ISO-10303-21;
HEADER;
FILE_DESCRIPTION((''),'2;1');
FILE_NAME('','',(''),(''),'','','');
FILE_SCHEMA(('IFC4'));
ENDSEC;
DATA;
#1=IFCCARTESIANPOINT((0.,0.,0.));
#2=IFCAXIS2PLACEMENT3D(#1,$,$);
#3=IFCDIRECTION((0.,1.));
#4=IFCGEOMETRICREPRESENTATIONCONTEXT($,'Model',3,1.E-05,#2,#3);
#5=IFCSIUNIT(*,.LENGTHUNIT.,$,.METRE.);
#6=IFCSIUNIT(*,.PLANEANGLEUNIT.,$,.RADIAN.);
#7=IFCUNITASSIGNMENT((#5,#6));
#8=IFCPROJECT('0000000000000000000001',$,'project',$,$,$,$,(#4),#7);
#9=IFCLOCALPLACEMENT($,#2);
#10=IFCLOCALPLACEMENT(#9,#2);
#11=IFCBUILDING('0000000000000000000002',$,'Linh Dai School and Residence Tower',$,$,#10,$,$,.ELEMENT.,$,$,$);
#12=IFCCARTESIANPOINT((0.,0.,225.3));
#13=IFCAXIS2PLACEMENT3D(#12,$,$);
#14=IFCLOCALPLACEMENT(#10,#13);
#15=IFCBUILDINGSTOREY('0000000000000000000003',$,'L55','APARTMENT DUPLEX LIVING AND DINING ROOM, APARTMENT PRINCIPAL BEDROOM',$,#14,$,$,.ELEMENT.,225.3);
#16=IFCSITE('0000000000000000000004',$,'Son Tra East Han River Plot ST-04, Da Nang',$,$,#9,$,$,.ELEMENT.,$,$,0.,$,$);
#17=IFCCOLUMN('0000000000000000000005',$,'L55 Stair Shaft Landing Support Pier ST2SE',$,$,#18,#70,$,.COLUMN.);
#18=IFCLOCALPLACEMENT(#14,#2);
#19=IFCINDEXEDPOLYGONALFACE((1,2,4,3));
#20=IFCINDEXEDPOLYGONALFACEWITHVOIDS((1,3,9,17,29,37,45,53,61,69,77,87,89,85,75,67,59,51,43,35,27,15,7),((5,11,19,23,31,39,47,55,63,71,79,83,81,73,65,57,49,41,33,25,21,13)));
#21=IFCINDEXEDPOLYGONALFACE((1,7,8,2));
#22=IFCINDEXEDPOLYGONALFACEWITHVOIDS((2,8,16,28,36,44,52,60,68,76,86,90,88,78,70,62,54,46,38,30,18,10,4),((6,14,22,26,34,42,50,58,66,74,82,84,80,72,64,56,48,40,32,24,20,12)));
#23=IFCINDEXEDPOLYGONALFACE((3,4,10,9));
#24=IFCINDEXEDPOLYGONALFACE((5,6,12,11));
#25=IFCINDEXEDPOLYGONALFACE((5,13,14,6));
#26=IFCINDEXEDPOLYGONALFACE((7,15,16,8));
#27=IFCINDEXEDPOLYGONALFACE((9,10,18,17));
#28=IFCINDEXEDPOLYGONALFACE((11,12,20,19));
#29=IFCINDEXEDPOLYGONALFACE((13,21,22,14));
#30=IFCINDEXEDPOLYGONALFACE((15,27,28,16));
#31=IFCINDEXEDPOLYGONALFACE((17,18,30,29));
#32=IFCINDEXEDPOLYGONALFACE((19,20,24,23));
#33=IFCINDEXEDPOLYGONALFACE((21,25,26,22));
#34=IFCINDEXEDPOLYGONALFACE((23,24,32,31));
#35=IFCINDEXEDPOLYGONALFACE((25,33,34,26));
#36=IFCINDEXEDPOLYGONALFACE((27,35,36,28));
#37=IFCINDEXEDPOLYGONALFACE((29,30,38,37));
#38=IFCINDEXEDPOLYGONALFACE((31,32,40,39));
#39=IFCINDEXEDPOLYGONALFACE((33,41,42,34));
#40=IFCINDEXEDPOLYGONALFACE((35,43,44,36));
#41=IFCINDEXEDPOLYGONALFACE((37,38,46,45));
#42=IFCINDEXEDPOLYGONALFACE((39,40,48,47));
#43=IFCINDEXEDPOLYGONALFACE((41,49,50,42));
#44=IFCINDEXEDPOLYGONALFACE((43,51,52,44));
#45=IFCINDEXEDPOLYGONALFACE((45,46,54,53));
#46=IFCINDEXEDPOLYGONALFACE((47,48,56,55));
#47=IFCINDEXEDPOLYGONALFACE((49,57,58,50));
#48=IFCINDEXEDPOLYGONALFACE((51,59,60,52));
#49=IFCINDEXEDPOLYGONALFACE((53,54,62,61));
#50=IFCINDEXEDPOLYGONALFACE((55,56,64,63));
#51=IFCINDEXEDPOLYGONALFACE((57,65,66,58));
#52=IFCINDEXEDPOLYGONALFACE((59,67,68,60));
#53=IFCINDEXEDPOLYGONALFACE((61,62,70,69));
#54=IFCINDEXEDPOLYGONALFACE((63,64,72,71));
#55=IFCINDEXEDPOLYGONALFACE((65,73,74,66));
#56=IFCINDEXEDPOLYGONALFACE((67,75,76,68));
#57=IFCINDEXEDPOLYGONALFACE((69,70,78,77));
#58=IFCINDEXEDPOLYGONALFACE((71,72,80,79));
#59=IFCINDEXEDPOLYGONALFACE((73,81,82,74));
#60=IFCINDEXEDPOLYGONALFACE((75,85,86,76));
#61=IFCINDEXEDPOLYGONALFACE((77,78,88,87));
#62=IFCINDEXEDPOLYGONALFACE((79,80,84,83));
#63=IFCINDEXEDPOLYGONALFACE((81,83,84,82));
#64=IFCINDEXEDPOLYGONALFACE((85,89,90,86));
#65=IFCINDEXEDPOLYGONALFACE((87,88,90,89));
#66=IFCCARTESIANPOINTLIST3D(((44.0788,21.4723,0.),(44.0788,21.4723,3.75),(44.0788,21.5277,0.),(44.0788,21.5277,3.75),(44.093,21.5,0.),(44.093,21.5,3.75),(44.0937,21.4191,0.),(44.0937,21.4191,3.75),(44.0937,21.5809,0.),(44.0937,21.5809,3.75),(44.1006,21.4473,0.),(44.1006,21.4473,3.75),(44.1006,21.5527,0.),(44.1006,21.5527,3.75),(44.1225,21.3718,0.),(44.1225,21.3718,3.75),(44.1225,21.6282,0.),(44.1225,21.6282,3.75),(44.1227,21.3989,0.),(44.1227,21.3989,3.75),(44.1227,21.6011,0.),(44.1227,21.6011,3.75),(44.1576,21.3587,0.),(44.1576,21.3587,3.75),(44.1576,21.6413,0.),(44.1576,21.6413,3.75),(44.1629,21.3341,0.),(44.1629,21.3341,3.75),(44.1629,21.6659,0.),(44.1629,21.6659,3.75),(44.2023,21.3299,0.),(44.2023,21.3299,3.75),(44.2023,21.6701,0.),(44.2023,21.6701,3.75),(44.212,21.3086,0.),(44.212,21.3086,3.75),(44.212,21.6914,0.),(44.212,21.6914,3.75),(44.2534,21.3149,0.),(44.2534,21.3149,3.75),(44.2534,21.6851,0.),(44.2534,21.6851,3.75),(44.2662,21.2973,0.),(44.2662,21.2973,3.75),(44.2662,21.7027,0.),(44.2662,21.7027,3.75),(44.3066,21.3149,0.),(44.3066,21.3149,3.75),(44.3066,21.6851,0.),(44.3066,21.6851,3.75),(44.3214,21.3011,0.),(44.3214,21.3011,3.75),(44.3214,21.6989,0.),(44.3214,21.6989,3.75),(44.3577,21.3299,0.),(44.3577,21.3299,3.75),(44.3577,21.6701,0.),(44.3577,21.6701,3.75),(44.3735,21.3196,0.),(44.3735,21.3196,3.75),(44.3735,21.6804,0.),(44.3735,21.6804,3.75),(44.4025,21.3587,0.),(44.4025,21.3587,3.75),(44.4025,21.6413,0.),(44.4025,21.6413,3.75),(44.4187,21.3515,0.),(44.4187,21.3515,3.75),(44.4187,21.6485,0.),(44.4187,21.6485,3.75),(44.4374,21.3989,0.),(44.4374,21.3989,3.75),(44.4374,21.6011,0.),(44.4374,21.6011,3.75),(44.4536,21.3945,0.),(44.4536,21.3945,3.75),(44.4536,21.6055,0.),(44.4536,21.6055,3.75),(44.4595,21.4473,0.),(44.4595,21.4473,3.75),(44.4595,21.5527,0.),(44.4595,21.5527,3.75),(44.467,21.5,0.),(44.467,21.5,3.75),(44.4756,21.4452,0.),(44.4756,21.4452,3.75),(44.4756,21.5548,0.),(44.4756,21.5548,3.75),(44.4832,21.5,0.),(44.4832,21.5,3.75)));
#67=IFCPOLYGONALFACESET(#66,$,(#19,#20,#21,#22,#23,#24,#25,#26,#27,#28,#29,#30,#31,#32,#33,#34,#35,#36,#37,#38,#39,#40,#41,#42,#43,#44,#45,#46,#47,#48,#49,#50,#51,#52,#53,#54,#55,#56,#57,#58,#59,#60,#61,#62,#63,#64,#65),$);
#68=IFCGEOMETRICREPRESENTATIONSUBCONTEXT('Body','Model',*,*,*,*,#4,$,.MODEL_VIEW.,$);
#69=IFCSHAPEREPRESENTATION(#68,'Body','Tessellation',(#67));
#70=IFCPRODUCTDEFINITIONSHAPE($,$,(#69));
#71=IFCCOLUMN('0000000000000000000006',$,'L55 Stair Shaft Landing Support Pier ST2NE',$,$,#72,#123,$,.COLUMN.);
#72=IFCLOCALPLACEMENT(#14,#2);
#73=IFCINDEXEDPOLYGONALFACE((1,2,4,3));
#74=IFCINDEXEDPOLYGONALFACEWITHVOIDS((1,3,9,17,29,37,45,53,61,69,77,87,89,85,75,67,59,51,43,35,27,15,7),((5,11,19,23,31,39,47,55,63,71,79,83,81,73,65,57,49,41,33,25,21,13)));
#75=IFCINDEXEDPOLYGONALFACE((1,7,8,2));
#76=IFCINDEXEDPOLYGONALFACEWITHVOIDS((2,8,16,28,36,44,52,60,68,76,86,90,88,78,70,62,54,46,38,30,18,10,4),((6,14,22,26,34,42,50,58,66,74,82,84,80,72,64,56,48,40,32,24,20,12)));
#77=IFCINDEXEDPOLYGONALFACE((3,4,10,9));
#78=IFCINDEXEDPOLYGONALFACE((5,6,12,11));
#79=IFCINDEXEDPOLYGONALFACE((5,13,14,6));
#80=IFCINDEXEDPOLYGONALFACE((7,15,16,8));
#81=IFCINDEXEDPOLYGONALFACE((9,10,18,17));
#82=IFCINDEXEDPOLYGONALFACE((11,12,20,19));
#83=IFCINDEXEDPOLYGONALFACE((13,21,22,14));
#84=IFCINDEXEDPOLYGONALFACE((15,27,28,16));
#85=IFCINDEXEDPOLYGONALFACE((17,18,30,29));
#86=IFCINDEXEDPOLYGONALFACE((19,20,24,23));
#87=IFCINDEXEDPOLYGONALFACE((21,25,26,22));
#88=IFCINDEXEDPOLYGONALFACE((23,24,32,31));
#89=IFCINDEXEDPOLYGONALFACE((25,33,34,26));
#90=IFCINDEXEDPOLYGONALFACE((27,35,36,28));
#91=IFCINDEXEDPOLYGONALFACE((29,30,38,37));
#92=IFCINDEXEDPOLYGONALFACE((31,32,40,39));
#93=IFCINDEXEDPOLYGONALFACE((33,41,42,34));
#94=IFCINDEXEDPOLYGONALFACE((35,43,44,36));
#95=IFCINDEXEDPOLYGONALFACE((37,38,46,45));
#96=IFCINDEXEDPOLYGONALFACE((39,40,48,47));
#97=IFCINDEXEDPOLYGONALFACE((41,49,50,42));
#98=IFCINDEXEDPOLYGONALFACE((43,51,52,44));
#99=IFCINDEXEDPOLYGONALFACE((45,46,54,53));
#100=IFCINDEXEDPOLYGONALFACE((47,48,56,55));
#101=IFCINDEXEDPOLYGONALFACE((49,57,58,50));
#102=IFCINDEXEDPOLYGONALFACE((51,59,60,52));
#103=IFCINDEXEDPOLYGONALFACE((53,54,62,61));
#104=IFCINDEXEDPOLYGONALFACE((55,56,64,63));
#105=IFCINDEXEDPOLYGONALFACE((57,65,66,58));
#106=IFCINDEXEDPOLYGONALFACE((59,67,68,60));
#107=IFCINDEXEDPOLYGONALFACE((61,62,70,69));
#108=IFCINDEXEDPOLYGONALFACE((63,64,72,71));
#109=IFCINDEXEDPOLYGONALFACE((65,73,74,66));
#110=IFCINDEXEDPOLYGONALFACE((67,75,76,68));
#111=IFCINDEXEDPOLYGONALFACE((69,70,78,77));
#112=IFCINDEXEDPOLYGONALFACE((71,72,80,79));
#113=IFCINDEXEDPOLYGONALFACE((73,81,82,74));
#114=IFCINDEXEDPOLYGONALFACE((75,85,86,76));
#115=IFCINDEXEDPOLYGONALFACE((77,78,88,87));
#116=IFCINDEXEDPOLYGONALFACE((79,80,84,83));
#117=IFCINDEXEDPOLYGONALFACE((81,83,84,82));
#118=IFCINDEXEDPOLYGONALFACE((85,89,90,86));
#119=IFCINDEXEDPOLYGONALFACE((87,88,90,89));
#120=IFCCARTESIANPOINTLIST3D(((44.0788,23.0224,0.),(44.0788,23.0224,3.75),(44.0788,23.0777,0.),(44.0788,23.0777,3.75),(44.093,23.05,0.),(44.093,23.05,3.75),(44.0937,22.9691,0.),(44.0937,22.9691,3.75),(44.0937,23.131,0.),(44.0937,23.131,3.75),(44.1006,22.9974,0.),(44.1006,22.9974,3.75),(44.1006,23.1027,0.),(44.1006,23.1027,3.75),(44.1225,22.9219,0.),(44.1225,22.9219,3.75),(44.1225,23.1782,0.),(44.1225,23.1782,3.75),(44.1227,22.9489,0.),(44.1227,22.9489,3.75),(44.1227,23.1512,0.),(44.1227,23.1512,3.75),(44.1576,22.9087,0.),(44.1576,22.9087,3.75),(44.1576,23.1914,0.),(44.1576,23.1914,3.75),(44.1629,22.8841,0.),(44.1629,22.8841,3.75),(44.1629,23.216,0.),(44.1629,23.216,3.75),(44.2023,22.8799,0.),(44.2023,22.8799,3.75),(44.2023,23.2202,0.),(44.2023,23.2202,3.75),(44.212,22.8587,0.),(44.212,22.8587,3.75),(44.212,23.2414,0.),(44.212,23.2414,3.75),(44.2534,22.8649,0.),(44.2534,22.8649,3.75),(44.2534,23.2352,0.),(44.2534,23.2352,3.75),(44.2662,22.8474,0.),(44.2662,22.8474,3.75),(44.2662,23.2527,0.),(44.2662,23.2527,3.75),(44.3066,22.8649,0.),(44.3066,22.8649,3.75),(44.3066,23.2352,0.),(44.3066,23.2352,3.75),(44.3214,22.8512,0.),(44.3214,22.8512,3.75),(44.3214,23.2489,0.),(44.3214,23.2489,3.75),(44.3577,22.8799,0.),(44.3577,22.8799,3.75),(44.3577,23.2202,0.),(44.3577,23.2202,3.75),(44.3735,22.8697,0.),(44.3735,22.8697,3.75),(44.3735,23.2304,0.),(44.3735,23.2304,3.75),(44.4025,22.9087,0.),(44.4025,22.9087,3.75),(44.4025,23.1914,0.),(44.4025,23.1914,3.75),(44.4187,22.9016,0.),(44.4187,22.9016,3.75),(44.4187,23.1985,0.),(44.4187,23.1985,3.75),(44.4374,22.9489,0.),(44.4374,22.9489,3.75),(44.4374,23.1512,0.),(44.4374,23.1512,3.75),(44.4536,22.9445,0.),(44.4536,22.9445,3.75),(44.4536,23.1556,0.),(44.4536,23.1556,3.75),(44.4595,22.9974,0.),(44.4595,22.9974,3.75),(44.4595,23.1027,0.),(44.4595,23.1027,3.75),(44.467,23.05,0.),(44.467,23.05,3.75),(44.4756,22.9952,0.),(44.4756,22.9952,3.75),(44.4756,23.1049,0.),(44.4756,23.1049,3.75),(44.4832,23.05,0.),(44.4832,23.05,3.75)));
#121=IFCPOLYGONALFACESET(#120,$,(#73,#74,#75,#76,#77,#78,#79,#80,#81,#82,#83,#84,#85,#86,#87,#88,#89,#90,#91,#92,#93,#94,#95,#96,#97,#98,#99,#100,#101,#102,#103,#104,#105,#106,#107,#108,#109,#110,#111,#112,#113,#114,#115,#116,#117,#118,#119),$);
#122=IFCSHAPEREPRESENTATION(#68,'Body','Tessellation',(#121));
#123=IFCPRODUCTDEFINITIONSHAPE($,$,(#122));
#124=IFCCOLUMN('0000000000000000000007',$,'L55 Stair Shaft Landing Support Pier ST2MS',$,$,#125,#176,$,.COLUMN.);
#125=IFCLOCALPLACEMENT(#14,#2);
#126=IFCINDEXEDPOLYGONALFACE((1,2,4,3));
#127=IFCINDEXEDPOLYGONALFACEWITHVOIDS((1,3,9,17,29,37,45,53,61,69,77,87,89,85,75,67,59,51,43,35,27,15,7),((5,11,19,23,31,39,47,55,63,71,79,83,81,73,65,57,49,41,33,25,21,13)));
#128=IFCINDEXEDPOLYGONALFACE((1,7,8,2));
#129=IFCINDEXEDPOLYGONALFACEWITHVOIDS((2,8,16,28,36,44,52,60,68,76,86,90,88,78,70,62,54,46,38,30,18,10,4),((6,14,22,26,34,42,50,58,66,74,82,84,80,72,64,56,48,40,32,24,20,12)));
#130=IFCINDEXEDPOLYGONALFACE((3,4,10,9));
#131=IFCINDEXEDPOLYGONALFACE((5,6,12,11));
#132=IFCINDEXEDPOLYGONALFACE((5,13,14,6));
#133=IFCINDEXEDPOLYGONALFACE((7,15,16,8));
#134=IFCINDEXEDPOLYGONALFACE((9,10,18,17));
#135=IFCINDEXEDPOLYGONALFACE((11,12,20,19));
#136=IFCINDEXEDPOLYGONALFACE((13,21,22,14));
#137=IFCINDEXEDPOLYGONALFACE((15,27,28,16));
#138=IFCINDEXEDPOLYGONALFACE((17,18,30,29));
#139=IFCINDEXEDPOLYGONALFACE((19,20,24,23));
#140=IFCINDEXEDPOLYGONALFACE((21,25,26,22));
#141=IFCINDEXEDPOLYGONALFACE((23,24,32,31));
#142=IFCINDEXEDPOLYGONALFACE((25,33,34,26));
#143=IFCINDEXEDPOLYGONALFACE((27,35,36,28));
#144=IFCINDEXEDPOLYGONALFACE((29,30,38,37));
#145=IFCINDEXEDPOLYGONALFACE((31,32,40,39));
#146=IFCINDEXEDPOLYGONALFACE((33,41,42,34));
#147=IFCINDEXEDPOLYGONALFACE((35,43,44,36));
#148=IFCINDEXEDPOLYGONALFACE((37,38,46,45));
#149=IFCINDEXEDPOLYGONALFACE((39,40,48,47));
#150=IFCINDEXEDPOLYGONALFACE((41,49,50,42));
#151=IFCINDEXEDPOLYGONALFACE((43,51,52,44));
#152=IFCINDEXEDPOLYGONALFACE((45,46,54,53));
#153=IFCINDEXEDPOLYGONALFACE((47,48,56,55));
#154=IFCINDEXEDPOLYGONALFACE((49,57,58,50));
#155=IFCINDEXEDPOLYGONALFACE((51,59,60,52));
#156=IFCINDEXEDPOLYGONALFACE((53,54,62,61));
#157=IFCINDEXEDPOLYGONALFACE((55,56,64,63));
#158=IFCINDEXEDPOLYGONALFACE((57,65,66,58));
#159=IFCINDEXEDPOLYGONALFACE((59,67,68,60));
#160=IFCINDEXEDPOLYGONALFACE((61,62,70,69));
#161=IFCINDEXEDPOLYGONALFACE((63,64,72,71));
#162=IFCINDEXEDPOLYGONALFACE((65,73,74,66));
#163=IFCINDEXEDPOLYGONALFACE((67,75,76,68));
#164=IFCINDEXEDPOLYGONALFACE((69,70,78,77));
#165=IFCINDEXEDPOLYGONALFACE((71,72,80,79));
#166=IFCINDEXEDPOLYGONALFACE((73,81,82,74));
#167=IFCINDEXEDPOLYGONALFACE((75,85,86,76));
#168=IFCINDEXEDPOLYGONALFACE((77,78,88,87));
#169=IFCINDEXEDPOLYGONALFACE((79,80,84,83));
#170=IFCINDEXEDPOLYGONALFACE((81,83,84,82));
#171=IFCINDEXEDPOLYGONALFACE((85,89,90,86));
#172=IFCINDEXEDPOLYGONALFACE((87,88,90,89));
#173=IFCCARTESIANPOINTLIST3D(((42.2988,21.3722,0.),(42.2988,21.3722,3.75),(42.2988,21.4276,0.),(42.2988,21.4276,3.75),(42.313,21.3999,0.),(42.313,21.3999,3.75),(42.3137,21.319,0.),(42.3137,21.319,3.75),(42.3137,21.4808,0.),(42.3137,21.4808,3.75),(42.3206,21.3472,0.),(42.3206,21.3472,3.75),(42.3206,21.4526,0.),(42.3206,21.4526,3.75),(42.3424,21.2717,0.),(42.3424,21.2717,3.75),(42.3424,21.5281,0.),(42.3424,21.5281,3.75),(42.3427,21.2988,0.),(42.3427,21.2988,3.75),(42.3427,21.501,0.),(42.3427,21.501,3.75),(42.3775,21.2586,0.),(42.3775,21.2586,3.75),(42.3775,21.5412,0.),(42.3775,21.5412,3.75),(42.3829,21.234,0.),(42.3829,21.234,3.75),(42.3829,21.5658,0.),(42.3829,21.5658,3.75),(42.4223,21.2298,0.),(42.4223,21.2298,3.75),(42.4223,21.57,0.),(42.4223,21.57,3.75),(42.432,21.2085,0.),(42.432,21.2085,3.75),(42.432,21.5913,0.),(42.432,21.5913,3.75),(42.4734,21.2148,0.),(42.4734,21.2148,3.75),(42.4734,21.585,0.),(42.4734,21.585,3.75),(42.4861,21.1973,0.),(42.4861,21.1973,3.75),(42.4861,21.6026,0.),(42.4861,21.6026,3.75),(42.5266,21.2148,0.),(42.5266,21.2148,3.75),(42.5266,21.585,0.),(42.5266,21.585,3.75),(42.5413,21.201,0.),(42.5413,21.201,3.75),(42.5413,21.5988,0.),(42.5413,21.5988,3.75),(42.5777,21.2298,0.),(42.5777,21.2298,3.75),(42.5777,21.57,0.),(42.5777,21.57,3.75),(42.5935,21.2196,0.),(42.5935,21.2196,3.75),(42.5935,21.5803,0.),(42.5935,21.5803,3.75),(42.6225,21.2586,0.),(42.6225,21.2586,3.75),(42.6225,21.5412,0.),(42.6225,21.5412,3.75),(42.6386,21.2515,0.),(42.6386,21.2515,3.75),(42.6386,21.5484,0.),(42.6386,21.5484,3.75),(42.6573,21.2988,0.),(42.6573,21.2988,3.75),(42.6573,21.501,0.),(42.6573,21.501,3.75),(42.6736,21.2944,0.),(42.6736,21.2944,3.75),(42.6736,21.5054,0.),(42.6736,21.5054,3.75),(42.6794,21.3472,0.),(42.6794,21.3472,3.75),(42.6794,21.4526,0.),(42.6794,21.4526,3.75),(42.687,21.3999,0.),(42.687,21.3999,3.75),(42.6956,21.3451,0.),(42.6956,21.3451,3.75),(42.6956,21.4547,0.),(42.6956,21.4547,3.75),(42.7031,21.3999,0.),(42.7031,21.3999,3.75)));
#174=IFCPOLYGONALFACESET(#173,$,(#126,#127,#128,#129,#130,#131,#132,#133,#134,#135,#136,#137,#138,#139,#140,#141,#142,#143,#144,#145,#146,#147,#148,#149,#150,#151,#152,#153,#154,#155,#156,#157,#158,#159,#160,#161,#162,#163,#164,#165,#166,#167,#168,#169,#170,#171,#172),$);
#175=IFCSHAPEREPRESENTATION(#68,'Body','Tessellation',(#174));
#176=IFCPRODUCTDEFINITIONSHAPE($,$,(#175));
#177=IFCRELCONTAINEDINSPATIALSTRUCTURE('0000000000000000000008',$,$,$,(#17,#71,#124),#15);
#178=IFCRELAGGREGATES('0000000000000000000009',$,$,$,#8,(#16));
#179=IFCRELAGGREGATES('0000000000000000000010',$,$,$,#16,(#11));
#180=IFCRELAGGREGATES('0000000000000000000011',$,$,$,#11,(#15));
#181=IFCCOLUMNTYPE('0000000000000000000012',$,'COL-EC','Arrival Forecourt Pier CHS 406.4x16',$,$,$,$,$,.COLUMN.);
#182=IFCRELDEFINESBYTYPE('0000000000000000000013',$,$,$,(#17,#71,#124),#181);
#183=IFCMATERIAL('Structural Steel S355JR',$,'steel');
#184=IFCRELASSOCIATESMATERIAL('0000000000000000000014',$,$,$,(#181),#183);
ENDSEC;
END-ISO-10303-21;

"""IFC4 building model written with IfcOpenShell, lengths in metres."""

from ifc_helpers import new_model, si_unit, direction, frame, origin, origin_2d, place, context, subcontext, project, spatial, hollow_circle, extrude, material, material_profile, profile_set, type_object, element, save


model = new_model("IFC4")

# Units and contexts
model_context = context("Model", 3, precision=1e-05, world=origin(), true_north=direction((0.0, 1.0)))
body_context = subcontext(model_context, "Body", "Model", "MODEL_VIEW")
ifc_project = project(units=[si_unit("LENGTHUNIT", "METRE"), si_unit("PLANEANGLEUNIT", "RADIAN")], contexts=[model_context])

# Site, building, storey
site_placement = place(None, origin())
site = spatial("IfcSite", under=ifc_project, at=site_placement, Name="Son Tra East Han River Plot ST-04, Da Nang", CompositionType="ELEMENT", RefElevation=0.0)
building_placement = place(site_placement, origin())
building = spatial("IfcBuilding", under=site, at=building_placement, Name="Linh Dai School and Residence Tower", CompositionType="ELEMENT")
storey_placement = place(building_placement, frame((0.0, 0.0, 225.3)))
storey = spatial("IfcBuildingStorey", under=building, at=storey_placement, Name="L55", Description="APARTMENT DUPLEX LIVING AND DINING ROOM, APARTMENT PRINCIPAL BEDROOM", CompositionType="ELEMENT", Elevation=225.3)

# Columns
ifc_material_1 = material(Name="Structural Steel S355JR", Category="steel")
ifc_material_profile_1 = material_profile(ifc_material_1, hollow_circle(Radius=0.2031, WallThickness=0.0161, at=origin_2d()), Name="CHS 406.4x16")
ifc_profile_set_1 = profile_set([ifc_material_profile_1], Name="Structural Steel S355JR")
column_type_1 = type_object("IfcColumnType", Name="COL-EC", Description="Arrival Forecourt Pier CHS 406.4x16", PredefinedType="COLUMN", material=ifc_profile_set_1)
for number, where, z_axis, x_axis, name in (
    (1, (44.28, 21.5, 0.0), (0.0, 0.0, 1.0), (1.0, 0.0, 0.0), "L55 Stair Shaft Landing Support Pier ST2SE"),
    (2, (44.28, 23.05, 0.0), (0.0, 0.0, 1.0), (1.0, 0.0, 0.0), "L55 Stair Shaft Landing Support Pier ST2NE"),
    (3, (42.5, 21.3999, 0.0), (0.0, 0.0, 1.0), (1.0, 0.0, 0.0), "L55 Stair Shaft Landing Support Pier ST2MS"),
):
    element("IfcColumn", number, at=place(storey_placement, frame(where, z_axis=z_axis, x_axis=x_axis)), inside=storey, type_object=column_type_1, Name=name, PredefinedType="COLUMN", context=body_context, shape_type="SweptSolid", body=[
        extrude(hollow_circle(Radius=0.2031, WallThickness=0.0161, at=origin_2d()), origin(), (0.0, 0.0, 1.0), 3.75),
    ])

save(model, "model.ifc")
